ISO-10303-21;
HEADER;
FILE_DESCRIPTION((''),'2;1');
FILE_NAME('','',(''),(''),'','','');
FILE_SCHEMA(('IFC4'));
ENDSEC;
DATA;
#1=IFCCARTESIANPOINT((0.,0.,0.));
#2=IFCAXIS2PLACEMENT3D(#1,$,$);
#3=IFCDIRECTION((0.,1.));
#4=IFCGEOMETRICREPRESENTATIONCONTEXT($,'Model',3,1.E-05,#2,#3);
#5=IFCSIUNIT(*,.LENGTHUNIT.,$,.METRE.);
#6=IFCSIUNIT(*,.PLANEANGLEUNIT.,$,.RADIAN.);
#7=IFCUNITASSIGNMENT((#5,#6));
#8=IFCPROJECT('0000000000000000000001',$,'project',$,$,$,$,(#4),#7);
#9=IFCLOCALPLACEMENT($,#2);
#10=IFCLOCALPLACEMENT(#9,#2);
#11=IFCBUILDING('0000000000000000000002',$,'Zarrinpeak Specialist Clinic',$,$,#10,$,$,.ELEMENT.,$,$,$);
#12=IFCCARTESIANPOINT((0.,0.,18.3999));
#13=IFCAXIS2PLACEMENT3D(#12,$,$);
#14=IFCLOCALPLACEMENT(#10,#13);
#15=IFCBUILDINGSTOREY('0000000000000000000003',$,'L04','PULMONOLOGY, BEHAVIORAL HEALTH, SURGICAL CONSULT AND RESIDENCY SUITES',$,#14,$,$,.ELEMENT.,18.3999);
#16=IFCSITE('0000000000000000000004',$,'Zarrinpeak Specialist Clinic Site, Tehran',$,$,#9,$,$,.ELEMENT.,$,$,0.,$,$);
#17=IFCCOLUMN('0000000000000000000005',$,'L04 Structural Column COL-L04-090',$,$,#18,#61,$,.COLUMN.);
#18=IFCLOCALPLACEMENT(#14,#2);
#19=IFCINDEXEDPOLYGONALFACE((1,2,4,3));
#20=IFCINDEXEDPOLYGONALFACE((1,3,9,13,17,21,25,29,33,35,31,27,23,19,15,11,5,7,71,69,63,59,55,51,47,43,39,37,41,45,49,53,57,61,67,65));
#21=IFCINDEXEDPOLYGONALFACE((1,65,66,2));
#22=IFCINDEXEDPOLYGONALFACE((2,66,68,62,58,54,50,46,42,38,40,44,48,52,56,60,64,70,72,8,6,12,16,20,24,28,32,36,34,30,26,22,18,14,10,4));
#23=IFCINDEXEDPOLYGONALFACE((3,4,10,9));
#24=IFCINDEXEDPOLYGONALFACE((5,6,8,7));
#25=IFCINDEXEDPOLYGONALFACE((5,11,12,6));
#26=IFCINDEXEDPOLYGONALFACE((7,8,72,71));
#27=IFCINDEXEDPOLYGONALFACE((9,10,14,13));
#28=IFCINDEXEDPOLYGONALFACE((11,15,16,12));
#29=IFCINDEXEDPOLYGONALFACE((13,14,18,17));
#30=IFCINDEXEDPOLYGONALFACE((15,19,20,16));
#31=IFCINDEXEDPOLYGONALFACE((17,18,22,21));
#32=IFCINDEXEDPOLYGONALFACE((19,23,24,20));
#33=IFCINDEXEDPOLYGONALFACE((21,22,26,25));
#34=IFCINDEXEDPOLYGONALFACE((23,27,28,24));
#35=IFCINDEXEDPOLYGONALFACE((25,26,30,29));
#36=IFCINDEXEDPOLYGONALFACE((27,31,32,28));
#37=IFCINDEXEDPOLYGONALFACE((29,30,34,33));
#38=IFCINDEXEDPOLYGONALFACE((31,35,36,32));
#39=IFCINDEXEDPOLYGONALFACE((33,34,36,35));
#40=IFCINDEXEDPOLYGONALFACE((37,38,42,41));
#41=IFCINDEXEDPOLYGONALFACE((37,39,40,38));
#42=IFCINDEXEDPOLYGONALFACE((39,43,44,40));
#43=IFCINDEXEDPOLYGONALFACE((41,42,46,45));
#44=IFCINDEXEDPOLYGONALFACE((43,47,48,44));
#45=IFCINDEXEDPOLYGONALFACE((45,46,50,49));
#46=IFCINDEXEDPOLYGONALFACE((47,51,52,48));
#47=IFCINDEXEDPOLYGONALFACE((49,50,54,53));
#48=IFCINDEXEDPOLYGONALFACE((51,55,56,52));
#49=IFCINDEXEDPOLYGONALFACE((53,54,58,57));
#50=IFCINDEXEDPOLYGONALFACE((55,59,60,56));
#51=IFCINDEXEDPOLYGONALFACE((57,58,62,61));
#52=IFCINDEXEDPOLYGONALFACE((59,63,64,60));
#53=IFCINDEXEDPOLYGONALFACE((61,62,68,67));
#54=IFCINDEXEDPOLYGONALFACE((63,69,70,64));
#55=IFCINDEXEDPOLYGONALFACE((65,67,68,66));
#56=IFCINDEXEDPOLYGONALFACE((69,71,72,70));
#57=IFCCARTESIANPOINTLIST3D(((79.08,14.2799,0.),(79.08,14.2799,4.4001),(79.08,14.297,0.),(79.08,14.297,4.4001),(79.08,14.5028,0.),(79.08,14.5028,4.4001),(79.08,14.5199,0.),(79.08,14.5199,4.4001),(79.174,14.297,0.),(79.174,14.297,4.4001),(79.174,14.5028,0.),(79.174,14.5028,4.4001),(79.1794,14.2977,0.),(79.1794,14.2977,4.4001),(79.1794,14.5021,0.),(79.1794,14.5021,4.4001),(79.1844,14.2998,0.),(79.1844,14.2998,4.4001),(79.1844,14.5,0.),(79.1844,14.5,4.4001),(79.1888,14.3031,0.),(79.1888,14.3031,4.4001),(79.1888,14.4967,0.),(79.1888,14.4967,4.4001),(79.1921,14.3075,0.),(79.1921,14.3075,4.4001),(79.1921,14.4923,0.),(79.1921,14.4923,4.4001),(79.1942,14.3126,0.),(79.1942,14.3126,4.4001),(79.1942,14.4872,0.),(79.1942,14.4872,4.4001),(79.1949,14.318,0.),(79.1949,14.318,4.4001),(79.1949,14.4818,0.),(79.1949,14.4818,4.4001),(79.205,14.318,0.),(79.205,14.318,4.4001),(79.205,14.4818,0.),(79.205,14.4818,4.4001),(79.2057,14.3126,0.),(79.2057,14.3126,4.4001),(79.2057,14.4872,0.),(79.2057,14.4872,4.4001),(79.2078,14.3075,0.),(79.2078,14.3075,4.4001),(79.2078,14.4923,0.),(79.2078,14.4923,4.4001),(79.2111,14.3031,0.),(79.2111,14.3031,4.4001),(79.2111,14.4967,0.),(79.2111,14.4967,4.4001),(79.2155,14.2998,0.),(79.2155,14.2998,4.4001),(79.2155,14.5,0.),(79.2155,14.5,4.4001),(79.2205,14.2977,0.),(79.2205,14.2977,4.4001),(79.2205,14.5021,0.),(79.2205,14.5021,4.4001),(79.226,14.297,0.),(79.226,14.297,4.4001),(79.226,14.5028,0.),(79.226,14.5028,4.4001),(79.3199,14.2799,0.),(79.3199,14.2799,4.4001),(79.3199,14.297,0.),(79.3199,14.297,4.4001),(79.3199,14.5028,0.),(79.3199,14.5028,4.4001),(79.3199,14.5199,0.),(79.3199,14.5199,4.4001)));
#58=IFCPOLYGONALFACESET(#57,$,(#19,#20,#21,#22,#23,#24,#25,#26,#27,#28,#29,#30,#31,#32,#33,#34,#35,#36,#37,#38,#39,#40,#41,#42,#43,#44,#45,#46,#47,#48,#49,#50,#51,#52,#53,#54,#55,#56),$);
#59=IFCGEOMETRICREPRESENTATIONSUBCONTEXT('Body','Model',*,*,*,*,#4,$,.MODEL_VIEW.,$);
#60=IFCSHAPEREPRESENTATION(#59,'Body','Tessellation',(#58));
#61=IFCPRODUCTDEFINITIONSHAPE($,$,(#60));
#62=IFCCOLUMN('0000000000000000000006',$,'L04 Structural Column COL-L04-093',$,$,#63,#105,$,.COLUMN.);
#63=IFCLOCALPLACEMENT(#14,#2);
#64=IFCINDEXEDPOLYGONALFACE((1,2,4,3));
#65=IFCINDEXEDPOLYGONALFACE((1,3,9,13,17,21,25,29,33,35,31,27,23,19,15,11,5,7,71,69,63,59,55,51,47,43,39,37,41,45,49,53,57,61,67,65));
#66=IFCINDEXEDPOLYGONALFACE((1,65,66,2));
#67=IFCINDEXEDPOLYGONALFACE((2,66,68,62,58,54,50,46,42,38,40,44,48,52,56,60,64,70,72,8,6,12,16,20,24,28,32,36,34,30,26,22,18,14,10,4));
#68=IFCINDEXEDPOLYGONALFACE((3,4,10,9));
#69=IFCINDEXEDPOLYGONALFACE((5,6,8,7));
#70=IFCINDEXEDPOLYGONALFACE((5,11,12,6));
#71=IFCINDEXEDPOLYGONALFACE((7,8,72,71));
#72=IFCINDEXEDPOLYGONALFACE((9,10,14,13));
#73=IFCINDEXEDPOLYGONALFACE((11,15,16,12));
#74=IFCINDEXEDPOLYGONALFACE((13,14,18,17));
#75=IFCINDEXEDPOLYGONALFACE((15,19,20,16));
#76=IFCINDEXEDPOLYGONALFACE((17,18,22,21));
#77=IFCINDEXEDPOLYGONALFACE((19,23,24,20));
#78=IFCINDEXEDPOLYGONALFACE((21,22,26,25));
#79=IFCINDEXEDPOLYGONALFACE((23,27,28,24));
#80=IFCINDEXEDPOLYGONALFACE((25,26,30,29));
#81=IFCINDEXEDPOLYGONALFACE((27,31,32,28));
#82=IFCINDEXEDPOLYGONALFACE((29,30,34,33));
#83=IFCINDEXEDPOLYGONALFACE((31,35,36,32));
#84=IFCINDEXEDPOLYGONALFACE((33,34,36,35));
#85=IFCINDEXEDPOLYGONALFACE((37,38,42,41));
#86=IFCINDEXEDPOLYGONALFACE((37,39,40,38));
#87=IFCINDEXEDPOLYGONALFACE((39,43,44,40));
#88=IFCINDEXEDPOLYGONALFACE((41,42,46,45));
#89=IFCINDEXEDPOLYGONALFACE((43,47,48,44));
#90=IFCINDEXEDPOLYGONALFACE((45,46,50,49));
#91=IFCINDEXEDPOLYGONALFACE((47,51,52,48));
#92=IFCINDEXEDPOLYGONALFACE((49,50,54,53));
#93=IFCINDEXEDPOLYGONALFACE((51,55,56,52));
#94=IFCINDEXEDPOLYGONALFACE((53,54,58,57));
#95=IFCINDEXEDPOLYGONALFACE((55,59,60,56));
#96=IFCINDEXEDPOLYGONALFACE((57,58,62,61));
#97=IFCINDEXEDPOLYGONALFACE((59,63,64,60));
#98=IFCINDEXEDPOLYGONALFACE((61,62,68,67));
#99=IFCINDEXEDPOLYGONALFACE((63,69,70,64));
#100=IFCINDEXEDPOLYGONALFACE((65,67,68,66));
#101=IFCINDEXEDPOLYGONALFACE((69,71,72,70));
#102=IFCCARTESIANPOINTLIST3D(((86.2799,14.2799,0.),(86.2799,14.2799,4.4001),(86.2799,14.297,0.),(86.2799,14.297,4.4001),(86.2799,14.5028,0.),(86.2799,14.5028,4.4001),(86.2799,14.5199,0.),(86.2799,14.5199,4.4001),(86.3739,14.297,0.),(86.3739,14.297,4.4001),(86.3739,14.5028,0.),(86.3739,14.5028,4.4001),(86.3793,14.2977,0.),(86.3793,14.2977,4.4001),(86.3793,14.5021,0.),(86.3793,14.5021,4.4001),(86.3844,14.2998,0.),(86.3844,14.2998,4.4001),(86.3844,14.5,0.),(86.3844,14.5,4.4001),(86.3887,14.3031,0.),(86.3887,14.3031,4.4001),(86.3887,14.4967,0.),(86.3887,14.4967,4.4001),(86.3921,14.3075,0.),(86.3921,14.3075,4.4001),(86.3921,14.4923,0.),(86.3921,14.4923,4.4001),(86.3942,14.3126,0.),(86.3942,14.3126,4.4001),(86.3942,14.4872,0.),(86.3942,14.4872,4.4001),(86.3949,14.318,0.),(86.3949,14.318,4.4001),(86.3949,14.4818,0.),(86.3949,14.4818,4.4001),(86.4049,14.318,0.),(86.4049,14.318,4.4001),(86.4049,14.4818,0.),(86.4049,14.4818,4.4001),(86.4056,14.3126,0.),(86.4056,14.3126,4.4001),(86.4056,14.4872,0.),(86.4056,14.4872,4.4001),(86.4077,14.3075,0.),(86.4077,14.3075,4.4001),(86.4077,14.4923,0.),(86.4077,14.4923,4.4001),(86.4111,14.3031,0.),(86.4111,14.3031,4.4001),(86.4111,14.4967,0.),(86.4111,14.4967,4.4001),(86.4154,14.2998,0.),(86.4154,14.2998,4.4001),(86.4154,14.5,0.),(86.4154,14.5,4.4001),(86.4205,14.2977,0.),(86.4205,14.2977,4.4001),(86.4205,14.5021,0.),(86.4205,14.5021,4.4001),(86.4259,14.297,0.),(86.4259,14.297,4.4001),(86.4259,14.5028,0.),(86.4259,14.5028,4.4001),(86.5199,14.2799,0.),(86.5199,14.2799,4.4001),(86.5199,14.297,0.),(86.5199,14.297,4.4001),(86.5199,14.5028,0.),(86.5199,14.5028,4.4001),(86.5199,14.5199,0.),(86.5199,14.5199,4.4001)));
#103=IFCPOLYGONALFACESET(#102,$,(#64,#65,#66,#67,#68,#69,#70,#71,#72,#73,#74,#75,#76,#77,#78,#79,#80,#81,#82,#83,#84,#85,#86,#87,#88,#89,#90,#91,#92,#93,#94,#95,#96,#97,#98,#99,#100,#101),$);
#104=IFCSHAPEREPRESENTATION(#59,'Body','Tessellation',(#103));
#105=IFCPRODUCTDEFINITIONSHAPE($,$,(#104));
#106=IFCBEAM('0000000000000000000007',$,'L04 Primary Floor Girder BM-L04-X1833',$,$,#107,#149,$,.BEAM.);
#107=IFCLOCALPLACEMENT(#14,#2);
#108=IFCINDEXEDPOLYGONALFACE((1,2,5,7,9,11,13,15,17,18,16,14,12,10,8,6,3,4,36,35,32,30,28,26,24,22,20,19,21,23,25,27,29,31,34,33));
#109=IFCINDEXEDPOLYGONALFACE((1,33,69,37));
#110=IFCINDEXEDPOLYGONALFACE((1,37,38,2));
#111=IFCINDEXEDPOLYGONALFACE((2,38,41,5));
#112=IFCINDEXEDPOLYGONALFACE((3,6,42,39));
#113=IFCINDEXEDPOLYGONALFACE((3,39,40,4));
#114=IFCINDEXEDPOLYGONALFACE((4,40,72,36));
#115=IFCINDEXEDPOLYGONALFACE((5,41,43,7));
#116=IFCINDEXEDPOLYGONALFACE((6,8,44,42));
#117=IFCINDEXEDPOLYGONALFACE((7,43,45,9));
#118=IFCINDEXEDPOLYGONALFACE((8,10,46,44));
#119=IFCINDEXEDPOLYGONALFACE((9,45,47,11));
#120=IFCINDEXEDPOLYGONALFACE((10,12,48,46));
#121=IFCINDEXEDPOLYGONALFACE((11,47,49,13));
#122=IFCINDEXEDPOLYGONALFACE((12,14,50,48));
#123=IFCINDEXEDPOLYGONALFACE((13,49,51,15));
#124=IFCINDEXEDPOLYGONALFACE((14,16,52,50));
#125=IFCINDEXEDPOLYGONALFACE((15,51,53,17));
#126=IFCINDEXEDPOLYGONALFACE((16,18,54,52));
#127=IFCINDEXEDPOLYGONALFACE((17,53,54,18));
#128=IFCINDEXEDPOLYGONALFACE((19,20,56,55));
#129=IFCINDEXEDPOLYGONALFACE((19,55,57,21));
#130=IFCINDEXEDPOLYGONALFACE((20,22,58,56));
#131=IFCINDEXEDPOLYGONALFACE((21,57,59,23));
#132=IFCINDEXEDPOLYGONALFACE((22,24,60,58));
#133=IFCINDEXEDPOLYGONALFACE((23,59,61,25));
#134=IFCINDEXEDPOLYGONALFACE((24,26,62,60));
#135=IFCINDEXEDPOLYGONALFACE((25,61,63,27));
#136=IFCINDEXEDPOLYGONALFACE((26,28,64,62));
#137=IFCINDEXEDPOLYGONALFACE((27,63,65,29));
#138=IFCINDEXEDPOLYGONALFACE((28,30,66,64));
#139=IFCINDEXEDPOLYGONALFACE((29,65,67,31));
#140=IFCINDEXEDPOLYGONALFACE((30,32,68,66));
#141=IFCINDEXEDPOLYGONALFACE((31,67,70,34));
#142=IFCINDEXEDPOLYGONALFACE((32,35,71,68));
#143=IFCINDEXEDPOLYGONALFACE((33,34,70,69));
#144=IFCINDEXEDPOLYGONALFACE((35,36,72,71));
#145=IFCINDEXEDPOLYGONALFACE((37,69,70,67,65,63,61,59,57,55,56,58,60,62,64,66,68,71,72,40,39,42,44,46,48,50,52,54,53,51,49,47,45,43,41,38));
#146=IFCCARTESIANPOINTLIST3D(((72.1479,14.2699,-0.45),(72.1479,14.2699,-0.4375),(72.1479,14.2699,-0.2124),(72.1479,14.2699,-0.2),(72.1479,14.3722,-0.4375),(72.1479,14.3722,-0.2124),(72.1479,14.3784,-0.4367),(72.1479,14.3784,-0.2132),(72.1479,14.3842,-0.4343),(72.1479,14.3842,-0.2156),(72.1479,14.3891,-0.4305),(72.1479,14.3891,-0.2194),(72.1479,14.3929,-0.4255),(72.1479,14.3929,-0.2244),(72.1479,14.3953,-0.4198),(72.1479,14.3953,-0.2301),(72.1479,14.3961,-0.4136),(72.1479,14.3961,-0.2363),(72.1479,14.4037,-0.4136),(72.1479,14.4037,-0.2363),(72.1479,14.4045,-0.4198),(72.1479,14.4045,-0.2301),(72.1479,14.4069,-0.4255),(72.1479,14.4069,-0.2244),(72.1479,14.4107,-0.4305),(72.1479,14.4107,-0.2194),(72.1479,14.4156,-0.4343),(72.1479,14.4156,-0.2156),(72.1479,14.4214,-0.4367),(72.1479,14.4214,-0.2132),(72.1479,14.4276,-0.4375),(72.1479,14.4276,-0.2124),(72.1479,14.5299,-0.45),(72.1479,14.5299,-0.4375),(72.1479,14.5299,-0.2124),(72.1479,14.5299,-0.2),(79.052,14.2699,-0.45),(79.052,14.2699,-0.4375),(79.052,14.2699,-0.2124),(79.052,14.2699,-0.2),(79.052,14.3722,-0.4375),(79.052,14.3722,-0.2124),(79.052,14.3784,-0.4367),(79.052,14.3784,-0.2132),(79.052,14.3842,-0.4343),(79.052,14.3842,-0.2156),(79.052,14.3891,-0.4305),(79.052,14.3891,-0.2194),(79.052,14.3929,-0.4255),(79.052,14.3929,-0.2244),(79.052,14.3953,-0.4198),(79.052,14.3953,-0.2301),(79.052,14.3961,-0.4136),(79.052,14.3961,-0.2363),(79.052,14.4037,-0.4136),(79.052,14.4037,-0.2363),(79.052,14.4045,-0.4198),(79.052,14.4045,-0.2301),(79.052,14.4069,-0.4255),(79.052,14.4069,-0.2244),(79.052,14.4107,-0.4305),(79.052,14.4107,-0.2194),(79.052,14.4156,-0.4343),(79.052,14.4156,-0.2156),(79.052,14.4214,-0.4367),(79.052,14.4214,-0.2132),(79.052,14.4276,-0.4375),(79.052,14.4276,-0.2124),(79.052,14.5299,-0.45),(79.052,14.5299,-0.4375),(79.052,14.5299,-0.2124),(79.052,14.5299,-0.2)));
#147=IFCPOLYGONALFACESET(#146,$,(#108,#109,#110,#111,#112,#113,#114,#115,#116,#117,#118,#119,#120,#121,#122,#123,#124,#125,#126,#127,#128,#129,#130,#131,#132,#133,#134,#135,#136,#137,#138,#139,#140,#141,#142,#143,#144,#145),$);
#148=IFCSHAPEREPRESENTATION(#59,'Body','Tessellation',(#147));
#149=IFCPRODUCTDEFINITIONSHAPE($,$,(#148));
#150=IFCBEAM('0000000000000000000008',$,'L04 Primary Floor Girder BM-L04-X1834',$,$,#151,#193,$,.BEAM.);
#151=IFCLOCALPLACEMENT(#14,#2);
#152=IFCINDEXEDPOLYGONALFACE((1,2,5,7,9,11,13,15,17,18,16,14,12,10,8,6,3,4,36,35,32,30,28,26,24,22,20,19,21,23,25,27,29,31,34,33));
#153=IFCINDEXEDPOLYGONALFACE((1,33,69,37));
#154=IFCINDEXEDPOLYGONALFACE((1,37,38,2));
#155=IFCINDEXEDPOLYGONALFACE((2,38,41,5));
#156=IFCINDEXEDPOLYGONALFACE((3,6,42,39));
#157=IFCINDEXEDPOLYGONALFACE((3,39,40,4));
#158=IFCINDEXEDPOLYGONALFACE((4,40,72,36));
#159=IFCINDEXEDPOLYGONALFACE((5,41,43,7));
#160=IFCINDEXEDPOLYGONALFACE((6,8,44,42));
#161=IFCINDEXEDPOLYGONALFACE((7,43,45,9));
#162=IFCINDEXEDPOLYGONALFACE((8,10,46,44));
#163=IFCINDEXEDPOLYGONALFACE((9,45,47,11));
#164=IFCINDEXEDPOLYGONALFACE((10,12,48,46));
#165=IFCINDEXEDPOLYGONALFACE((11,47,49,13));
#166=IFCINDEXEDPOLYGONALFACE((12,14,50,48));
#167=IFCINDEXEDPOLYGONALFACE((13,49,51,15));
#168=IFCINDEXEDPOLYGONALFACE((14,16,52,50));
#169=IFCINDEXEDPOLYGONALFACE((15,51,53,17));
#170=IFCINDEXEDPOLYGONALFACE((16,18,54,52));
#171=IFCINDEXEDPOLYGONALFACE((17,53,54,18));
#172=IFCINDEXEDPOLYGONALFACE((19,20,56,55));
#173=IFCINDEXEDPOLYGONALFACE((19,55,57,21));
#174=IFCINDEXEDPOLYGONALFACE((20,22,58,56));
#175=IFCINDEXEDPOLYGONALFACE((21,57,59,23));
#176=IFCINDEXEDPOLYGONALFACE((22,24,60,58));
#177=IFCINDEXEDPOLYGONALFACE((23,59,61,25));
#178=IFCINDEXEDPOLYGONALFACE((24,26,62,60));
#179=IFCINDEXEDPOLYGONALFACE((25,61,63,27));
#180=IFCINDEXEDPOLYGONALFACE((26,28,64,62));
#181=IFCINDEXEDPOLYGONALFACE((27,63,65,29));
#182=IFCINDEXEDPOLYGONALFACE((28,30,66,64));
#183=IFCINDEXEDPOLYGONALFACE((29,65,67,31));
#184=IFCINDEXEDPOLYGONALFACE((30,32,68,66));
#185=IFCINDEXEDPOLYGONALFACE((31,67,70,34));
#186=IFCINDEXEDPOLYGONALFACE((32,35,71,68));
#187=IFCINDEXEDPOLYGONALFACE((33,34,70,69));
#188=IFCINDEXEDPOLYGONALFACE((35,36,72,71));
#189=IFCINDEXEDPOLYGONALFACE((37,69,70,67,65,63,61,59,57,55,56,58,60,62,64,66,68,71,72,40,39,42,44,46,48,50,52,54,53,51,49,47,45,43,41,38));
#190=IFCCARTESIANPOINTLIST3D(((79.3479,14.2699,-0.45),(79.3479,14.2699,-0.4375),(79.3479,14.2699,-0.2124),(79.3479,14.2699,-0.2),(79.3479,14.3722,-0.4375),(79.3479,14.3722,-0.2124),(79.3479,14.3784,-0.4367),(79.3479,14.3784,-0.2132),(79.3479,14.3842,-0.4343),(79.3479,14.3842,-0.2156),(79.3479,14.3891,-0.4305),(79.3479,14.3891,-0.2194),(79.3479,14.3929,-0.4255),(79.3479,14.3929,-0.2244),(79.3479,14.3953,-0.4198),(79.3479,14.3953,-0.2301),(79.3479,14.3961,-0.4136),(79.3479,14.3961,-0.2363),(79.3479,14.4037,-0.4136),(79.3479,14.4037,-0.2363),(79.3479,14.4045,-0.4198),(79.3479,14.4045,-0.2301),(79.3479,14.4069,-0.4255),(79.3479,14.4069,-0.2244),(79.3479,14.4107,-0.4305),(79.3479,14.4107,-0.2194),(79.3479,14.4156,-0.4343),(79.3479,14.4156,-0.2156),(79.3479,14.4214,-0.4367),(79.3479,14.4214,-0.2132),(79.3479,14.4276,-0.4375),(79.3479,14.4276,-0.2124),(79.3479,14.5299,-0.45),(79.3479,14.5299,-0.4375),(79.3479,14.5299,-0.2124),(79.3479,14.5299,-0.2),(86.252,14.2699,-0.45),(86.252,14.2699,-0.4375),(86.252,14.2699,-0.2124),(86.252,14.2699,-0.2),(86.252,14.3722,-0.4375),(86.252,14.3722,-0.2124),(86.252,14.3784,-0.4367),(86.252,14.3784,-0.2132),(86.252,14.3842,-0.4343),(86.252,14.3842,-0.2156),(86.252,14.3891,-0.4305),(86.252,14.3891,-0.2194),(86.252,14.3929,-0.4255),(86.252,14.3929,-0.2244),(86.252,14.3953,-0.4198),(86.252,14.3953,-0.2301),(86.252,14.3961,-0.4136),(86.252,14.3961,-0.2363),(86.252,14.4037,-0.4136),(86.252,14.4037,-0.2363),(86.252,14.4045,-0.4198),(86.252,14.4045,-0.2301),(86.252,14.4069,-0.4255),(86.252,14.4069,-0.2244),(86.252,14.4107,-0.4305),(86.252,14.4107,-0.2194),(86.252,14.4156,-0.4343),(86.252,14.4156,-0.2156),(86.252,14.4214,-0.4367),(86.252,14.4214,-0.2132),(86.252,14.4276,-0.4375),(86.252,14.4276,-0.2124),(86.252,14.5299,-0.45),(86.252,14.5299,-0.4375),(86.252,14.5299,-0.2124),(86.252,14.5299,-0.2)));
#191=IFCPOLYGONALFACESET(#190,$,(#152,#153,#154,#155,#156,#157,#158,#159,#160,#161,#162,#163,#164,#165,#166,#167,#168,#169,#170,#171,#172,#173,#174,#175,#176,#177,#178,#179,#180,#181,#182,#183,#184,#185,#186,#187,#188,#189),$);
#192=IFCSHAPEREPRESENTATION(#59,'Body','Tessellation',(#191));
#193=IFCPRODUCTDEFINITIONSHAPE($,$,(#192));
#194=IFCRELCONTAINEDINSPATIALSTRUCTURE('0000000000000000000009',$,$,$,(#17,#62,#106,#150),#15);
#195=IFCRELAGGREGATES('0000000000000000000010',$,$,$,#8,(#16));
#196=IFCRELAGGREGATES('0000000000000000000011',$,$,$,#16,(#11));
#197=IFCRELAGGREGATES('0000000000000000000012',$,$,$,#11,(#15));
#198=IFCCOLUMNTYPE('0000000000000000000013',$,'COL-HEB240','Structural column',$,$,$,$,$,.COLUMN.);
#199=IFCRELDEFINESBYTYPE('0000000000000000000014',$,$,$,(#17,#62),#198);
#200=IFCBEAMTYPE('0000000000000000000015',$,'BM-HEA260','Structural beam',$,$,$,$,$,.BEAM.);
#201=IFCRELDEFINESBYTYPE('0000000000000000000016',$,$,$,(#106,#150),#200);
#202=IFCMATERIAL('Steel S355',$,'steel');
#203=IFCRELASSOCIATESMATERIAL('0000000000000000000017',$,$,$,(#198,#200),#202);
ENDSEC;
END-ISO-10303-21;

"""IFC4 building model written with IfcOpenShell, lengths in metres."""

from ifc_helpers import new_model, si_unit, direction, frame, origin, origin_2d, place, context, subcontext, project, spatial, i_section, extrude, material, material_profile, profile_set, type_object, element, save


model = new_model("IFC4")

# Units and contexts
model_context = context("Model", 3, precision=1e-05, world=origin(), true_north=direction((0.0, 1.0)))
body_context = subcontext(model_context, "Body", "Model", "MODEL_VIEW")
ifc_project = project(units=[si_unit("LENGTHUNIT", "METRE"), si_unit("PLANEANGLEUNIT", "RADIAN")], contexts=[model_context])

# Site, building, storey
site_placement = place(None, origin())
site = spatial("IfcSite", under=ifc_project, at=site_placement, Name="Zarrinpeak Specialist Clinic Site, Tehran", CompositionType="ELEMENT", RefElevation=0.0)
building_placement = place(site_placement, origin())
building = spatial("IfcBuilding", under=site, at=building_placement, Name="Zarrinpeak Specialist Clinic", CompositionType="ELEMENT")
storey_placement = place(building_placement, frame((0.0, 0.0, 18.3999)))
storey = spatial("IfcBuildingStorey", under=building, at=storey_placement, Name="L04", Description="PULMONOLOGY, BEHAVIORAL HEALTH, SURGICAL CONSULT AND RESIDENCY SUITES", CompositionType="ELEMENT", Elevation=18.3999)

# Columns
ifc_material_1 = material(Name="Steel S355", Category="steel")
ifc_material_profile_1 = material_profile(ifc_material_1, i_section(OverallWidth=0.24, OverallDepth=0.24, WebThickness=0.01, FlangeThickness=0.0171, FilletRadius=0.021, at=origin_2d()), Name="HEB 240")
ifc_profile_set_1 = profile_set([ifc_material_profile_1], Name="Steel S355")
column_type = type_object("IfcColumnType", Name="COL-HEB240", Description="Structural column", PredefinedType="COLUMN", material=ifc_profile_set_1)
for number, where, z_axis, x_axis, name in (
    (1, (79.2, 14.3999, 0.0), (0.0, 0.0, 1.0), (1.0, 0.0, 0.0), "L04 Structural Column COL-L04-090"),
    (2, (86.3999, 14.3999, 0.0), (0.0, 0.0, 1.0), (1.0, 0.0, 0.0), "L04 Structural Column COL-L04-093"),
):
    element("IfcColumn", number, at=place(storey_placement, frame(where, z_axis=z_axis, x_axis=x_axis)), inside=storey, type_object=column_type, Name=name, PredefinedType="COLUMN", context=body_context, shape_type="SweptSolid", body=[
        extrude(i_section(OverallWidth=0.24, OverallDepth=0.24, WebThickness=0.01, FlangeThickness=0.0171, FilletRadius=0.021, at=origin_2d()), origin(), (0.0, 0.0, 1.0), 4.4001),
    ])

# Beams
ifc_material_profile_2 = material_profile(ifc_material_1, i_section(OverallWidth=0.26, OverallDepth=0.25, WebThickness=0.0076, FlangeThickness=0.0125, FilletRadius=0.0239, at=origin_2d()), Name="HEA 260")
ifc_profile_set_2 = profile_set([ifc_material_profile_2], Name="Steel S355")
beam_type_1 = type_object("IfcBeamType", Name="BM-HEA260", Description="Structural beam", PredefinedType="BEAM", material=ifc_profile_set_2)
for number, where, z_axis, x_axis, name in (
    (3, (72.1479, 14.3999, -0.325), (1.0, 0.0, 0.0), (0.0, 1.0, 0.0), "L04 Primary Floor Girder BM-L04-X1833"),
    (4, (79.3479, 14.3999, -0.325), (1.0, 0.0, 0.0), (0.0, 1.0, 0.0), "L04 Primary Floor Girder BM-L04-X1834"),
):
    element("IfcBeam", number, at=place(storey_placement, frame(where, z_axis=z_axis, x_axis=x_axis)), inside=storey, type_object=beam_type_1, Name=name, PredefinedType="BEAM", context=body_context, shape_type="SweptSolid", body=[
        extrude(i_section(OverallWidth=0.26, OverallDepth=0.25, WebThickness=0.0076, FlangeThickness=0.0125, FilletRadius=0.0239, at=origin_2d()), origin(), (0.0, 0.0, 1.0), 6.9041),
    ])

save(model, "model.ifc")
